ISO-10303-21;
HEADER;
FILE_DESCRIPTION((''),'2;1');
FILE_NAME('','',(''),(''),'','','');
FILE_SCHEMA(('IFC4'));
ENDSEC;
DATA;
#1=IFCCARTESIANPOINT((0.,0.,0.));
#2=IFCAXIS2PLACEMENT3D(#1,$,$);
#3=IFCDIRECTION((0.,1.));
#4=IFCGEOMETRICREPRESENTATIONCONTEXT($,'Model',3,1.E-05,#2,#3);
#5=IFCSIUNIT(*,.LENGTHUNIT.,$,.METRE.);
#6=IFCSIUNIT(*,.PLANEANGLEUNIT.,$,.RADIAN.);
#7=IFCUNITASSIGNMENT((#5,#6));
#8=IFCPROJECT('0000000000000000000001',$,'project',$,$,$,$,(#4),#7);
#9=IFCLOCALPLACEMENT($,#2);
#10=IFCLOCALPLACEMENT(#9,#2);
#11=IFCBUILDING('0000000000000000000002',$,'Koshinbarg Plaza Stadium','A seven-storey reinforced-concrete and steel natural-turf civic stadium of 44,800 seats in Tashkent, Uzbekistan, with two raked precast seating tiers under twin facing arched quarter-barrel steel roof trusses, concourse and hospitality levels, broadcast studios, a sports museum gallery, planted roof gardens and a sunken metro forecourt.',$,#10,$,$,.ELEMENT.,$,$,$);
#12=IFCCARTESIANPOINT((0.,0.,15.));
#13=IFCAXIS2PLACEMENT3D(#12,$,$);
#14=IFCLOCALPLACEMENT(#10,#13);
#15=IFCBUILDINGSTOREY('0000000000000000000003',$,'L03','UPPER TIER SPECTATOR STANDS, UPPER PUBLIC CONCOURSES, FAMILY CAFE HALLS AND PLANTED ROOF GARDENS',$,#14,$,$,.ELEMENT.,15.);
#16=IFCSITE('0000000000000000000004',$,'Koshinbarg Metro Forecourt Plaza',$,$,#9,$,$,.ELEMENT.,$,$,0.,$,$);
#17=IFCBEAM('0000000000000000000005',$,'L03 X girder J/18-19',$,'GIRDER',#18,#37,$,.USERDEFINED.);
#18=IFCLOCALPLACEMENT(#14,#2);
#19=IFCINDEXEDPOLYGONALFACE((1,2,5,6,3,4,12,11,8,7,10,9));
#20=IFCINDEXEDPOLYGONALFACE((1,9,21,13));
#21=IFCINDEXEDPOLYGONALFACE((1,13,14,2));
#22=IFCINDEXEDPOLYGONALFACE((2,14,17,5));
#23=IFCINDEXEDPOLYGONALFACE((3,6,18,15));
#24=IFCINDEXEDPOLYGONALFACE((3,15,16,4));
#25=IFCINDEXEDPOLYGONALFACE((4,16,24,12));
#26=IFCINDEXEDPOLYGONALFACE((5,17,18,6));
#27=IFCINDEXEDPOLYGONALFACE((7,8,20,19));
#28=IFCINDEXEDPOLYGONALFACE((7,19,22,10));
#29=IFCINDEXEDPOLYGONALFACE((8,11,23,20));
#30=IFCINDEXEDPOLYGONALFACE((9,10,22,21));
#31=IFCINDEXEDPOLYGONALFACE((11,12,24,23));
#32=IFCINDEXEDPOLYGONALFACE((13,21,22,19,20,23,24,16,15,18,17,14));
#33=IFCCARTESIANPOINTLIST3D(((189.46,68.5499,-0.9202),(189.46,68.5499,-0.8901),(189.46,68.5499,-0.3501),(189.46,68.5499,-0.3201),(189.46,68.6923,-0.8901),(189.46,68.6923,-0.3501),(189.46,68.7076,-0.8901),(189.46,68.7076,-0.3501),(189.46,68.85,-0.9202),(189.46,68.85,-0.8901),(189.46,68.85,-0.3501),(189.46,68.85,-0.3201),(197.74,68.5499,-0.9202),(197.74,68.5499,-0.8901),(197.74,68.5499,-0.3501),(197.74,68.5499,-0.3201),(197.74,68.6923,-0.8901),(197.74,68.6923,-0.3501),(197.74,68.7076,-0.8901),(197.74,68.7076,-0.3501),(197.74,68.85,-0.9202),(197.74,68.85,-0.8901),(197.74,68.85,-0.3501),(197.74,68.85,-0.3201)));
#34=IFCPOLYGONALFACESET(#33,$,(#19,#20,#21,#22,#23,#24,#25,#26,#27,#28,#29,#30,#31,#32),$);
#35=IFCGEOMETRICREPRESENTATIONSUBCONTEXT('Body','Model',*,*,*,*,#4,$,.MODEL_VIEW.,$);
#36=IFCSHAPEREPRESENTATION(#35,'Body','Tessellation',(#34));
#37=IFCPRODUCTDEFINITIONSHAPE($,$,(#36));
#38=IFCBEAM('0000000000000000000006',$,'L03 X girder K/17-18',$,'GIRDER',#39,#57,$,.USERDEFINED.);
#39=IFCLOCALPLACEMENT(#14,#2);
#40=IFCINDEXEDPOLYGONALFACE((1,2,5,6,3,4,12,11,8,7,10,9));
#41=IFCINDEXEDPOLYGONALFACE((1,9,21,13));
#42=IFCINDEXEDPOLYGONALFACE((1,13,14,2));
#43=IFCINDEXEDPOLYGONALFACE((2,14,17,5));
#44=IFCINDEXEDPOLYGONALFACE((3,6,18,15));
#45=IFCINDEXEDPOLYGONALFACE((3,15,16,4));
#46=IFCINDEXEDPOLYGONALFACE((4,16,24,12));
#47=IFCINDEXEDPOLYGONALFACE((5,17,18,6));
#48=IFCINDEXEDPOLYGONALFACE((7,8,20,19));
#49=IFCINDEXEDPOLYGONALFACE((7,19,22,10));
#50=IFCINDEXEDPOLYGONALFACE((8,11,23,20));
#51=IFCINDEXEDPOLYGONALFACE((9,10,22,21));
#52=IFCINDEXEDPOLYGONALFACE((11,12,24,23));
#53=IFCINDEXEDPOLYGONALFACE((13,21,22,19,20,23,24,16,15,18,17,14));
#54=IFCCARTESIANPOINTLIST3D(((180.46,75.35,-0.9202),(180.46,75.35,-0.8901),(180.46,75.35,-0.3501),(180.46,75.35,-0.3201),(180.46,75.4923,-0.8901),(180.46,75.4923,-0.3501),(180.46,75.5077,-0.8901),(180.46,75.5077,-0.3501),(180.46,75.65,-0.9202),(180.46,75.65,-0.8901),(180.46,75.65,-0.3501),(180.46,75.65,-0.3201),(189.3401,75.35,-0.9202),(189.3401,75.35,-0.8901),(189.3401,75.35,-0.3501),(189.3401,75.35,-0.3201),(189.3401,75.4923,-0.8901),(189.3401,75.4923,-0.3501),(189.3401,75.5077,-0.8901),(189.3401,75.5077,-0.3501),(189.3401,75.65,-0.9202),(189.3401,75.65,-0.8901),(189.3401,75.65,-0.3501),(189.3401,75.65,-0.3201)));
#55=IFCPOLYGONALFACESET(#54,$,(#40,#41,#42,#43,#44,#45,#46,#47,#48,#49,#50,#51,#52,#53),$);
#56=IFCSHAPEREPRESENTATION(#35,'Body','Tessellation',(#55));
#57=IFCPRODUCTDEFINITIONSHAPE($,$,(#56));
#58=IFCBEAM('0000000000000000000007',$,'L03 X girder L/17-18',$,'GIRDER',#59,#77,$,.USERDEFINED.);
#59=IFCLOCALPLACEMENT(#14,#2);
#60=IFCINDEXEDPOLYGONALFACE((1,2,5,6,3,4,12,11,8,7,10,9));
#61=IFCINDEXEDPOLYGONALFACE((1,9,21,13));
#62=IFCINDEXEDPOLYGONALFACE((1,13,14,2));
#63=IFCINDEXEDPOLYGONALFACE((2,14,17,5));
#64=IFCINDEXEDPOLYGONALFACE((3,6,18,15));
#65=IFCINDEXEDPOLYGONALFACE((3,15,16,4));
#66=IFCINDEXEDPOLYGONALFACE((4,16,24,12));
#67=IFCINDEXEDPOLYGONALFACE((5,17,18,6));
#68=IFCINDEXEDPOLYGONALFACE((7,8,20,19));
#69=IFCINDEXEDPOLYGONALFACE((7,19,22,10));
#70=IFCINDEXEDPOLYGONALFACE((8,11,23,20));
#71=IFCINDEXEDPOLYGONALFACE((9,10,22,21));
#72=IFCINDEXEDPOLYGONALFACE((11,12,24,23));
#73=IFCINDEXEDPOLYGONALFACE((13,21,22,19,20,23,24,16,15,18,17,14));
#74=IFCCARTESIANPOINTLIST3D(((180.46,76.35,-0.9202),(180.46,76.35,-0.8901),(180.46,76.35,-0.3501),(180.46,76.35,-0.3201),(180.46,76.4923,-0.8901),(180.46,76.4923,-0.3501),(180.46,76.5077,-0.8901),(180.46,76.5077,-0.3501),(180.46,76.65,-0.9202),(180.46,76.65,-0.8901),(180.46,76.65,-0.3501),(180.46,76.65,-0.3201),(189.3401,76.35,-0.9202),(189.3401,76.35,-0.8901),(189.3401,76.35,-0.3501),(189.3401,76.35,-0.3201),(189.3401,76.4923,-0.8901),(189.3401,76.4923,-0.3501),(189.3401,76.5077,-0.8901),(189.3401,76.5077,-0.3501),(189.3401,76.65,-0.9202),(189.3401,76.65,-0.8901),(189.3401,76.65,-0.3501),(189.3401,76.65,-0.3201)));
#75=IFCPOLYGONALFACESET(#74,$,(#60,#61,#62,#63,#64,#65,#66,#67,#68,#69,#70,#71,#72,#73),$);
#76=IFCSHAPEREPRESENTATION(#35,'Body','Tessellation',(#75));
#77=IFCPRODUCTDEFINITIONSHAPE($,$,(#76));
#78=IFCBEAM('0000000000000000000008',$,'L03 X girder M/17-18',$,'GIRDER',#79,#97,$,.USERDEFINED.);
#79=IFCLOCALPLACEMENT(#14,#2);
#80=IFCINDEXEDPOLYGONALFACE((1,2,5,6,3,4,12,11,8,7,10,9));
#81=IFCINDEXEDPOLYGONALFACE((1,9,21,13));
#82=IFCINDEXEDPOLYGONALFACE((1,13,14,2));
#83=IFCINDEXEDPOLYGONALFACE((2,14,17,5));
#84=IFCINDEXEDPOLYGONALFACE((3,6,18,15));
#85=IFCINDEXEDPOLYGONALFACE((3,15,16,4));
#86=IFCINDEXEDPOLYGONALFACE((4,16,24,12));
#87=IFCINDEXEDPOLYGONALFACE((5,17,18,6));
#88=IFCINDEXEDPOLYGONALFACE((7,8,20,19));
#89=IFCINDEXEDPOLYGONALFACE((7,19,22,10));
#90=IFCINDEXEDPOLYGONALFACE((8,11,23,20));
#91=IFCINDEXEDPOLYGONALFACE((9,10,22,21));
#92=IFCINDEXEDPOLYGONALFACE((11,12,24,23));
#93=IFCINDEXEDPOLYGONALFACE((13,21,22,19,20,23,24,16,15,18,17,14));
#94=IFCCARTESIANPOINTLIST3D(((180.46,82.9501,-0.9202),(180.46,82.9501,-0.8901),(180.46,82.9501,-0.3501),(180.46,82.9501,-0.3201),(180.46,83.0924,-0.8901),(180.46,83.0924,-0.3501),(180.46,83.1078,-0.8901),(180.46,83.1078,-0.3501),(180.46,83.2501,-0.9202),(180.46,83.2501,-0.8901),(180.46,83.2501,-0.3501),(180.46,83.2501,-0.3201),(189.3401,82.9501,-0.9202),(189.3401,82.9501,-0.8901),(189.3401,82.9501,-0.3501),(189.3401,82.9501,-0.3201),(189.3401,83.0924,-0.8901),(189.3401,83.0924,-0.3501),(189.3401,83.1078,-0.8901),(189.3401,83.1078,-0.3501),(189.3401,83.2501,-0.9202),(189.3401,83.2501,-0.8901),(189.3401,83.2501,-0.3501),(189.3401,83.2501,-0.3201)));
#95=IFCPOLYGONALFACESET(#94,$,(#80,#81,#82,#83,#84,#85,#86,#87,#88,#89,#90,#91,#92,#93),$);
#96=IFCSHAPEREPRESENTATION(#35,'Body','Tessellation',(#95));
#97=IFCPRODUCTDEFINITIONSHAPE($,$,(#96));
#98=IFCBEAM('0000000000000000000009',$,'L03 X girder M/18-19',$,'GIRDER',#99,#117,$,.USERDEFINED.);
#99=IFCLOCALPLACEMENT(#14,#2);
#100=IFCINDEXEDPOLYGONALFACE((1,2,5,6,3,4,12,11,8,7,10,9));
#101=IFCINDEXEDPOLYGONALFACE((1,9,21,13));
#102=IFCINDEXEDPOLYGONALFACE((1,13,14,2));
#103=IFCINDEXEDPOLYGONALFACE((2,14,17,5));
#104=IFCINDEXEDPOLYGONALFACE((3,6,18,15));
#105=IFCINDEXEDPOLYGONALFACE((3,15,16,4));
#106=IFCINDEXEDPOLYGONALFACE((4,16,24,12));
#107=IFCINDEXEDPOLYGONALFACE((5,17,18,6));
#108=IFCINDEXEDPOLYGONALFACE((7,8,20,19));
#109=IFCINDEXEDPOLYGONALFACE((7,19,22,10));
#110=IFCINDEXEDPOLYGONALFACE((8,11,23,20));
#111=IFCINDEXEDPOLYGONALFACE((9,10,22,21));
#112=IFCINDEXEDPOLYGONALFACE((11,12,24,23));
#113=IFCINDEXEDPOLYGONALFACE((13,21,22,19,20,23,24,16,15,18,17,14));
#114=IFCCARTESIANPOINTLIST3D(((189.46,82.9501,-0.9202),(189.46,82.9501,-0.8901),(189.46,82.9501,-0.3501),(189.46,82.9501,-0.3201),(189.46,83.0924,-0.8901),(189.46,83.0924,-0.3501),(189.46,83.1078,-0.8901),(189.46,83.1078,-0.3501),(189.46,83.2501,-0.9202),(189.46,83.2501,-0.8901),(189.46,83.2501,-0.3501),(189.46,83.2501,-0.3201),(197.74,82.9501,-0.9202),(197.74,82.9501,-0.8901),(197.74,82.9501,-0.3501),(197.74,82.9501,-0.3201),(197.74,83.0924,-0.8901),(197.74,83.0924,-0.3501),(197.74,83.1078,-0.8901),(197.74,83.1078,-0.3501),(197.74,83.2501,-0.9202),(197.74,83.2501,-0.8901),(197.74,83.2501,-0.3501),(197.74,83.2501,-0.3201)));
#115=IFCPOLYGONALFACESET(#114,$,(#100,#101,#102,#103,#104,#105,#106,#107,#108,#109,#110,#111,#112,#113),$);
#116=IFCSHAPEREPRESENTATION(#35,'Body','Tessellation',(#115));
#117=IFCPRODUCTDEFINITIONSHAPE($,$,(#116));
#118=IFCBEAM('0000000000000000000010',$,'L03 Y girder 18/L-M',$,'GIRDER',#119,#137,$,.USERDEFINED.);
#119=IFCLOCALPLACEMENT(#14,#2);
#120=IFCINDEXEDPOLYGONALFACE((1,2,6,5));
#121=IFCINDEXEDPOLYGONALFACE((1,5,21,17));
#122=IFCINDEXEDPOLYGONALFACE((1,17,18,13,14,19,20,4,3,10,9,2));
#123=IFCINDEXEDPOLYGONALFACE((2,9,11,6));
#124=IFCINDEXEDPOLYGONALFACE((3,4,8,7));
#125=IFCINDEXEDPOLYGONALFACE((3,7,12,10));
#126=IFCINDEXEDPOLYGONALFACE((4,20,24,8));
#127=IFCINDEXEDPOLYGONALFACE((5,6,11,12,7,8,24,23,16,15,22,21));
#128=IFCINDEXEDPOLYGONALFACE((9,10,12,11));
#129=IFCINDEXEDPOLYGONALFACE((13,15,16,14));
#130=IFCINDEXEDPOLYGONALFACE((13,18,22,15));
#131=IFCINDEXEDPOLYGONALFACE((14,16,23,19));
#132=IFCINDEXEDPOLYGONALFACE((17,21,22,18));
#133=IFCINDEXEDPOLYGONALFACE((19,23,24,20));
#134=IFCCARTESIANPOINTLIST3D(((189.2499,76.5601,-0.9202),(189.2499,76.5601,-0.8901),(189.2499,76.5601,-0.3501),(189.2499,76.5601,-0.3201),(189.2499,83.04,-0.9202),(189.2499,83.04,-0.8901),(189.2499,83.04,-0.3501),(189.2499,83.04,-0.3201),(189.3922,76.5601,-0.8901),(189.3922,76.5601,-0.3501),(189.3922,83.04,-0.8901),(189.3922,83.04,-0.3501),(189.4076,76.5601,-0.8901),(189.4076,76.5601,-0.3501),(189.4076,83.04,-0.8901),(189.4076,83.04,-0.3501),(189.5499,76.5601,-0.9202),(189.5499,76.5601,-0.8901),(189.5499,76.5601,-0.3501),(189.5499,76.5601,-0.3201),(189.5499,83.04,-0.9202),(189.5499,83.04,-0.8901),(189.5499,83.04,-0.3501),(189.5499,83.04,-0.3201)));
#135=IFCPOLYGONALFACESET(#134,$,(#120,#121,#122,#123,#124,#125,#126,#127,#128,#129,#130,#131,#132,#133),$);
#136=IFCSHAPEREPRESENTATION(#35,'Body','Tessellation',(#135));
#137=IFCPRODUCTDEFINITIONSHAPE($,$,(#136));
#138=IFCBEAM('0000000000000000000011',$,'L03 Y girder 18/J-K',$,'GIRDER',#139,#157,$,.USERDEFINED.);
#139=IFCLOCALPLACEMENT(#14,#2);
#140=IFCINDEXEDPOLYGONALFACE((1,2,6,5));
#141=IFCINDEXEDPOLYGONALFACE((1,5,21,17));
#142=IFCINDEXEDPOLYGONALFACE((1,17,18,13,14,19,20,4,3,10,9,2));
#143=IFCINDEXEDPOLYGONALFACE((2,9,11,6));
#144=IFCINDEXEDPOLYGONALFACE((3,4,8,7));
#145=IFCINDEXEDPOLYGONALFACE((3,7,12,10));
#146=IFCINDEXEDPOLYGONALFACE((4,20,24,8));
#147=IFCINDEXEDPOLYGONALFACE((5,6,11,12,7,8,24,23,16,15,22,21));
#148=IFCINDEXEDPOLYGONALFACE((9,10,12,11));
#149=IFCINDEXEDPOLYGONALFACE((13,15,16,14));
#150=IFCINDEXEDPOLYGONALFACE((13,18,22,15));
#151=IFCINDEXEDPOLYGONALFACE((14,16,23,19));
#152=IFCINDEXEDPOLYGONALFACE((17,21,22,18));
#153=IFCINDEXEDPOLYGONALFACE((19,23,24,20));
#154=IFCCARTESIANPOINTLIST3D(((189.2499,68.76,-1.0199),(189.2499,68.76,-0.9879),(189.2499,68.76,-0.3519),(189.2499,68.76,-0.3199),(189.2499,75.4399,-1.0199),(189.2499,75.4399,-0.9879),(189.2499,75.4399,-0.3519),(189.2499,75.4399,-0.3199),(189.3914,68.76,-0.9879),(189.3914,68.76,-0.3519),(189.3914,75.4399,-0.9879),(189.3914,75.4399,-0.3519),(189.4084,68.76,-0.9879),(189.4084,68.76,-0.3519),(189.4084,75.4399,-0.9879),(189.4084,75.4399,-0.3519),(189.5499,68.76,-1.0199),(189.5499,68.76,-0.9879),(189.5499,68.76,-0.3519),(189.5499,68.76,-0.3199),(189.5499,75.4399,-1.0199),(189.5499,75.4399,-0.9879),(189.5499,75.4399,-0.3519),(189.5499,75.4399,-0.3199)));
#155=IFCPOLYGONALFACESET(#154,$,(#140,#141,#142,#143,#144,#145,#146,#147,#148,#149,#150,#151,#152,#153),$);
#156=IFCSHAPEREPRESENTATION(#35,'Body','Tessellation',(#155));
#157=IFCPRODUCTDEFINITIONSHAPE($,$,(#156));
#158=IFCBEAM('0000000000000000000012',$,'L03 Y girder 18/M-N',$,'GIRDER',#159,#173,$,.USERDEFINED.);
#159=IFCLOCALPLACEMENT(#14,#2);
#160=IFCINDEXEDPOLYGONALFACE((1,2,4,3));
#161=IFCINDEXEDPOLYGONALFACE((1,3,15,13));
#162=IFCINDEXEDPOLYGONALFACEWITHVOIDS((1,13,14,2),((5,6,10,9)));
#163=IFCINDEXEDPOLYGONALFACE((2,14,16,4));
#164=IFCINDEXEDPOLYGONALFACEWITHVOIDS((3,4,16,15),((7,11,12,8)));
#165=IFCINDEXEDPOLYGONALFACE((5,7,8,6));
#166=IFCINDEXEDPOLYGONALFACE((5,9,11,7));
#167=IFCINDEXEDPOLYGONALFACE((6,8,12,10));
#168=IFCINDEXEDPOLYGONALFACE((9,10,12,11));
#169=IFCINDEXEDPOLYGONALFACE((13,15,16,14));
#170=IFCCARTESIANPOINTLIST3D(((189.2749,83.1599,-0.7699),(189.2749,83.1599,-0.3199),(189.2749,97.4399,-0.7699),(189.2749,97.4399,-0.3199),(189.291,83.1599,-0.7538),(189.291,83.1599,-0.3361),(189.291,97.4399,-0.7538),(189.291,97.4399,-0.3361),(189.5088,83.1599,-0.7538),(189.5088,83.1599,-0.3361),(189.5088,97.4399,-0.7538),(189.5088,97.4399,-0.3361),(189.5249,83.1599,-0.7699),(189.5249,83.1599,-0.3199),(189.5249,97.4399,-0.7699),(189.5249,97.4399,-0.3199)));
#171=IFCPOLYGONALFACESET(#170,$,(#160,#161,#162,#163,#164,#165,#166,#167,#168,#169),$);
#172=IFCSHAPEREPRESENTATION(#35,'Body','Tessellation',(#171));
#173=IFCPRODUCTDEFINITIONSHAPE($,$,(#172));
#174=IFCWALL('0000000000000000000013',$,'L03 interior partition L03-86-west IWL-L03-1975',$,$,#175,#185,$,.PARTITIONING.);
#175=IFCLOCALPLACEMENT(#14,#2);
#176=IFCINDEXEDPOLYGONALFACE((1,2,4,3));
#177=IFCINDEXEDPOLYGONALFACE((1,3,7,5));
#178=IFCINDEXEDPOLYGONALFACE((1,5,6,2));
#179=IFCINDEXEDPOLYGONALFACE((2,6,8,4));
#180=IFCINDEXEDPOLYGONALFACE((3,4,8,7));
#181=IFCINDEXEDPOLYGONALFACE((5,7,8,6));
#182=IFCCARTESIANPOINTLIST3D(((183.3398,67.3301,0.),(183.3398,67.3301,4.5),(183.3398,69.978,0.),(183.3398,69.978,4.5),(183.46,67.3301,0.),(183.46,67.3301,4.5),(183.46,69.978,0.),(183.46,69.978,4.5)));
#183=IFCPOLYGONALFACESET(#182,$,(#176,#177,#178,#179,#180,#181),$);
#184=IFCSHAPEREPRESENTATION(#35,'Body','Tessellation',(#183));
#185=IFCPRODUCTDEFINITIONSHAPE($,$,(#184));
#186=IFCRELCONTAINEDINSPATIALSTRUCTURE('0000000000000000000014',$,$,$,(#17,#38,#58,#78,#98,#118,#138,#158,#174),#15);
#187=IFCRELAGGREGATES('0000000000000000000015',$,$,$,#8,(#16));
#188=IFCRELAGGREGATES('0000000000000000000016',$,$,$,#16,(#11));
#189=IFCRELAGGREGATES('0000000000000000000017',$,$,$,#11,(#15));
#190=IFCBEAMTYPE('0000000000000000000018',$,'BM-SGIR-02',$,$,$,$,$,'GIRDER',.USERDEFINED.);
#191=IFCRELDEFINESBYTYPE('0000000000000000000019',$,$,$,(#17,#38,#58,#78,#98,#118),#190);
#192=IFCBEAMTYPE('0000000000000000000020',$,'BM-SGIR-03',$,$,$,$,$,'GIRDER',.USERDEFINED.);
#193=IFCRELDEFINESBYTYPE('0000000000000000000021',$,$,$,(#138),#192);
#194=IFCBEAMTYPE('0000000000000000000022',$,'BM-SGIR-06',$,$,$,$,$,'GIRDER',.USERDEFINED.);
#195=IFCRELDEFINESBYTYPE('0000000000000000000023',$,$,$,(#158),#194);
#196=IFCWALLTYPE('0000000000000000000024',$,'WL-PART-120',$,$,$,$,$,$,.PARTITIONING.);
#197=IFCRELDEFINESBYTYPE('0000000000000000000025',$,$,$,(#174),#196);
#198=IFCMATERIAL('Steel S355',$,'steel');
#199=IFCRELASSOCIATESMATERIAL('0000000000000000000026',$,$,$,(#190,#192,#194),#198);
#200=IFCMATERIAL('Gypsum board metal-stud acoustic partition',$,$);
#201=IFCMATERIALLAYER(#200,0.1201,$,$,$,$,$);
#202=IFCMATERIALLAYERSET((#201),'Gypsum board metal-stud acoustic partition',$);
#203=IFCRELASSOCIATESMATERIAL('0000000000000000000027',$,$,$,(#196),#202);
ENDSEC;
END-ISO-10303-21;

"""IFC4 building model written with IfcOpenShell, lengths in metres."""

from ifc_helpers import new_model, si_unit, direction, frame, frame_2d, origin, origin_2d, place, context, subcontext, project, spatial, rectangle, hollow_rectangle, i_section, extrude, material, layer, layer_set, material_profile, profile_set, type_object, element, save


model = new_model("IFC4")

# Units and contexts
model_context = context("Model", 3, precision=1e-05, world=origin(), true_north=direction((0.0, 1.0)))
body_context = subcontext(model_context, "Body", "Model", "MODEL_VIEW")
ifc_project = project(units=[si_unit("LENGTHUNIT", "METRE"), si_unit("PLANEANGLEUNIT", "RADIAN")], contexts=[model_context])

# Site, building, storey
site_placement = place(None, origin())
site = spatial("IfcSite", under=ifc_project, at=site_placement, Name="Koshinbarg Metro Forecourt Plaza", CompositionType="ELEMENT", RefElevation=0.0)
building_placement = place(site_placement, origin())
building = spatial("IfcBuilding", under=site, at=building_placement, Name="Koshinbarg Plaza Stadium", Description="A seven-storey reinforced-concrete and steel natural-turf civic stadium of 44,800 seats in Tashkent, Uzbekistan, with two raked precast seating tiers under twin facing arched quarter-barrel steel roof trusses, concourse and hospitality levels, broadcast studios, a sports museum gallery, planted roof gardens and a sunken metro forecourt.", CompositionType="ELEMENT")
storey_placement = place(building_placement, frame((0.0, 0.0, 15.0)))
storey = spatial("IfcBuildingStorey", under=building, at=storey_placement, Name="L03", Description="UPPER TIER SPECTATOR STANDS, UPPER PUBLIC CONCOURSES, FAMILY CAFE HALLS AND PLANTED ROOF GARDENS", CompositionType="ELEMENT", Elevation=15.0)

# Beams
ifc_material_1 = material(Name="Steel S355", Category="steel")
ifc_material_profile_1 = material_profile(ifc_material_1, i_section(OverallWidth=0.3, OverallDepth=0.6001, WebThickness=0.0154, FlangeThickness=0.03, at=origin_2d()), Name="HEB 600")
ifc_profile_set_1 = profile_set([ifc_material_profile_1], Name="Steel S355")
beam_type_1 = type_object("IfcBeamType", Name="BM-SGIR-02", ElementType="GIRDER", PredefinedType="USERDEFINED", material=ifc_profile_set_1)
beam_1_placement = place(storey_placement, frame((189.46, 68.7, -0.6201), z_axis=(1.0, 0.0, 0.0), x_axis=(0.0, 1.0, 0.0)))
element("IfcBeam", 1, at=beam_1_placement, inside=storey, type_object=beam_type_1, Name="L03 X girder J/18-19", ObjectType="GIRDER", PredefinedType="USERDEFINED", context=body_context, shape_type="SweptSolid", body=[
    extrude(i_section(OverallWidth=0.3, OverallDepth=0.6001, WebThickness=0.0154, FlangeThickness=0.03, at=origin_2d()), origin(), (0.0, 0.0, 1.0), 8.28),
])
for number, where, z_axis, x_axis, name in (
    (2, (180.46, 75.5, -0.6201), (1.0, 0.0, 0.0), (0.0, 1.0, 0.0), "L03 X girder K/17-18"),
    (3, (180.46, 76.5, -0.6201), (1.0, 0.0, 0.0), (0.0, 1.0, 0.0), "L03 X girder L/17-18"),
    (4, (180.46, 83.1001, -0.6201), (1.0, 0.0, 0.0), (0.0, 1.0, 0.0), "L03 X girder M/17-18"),
):
    element("IfcBeam", number, at=place(storey_placement, frame(where, z_axis=z_axis, x_axis=x_axis)), inside=storey, type_object=beam_type_1, Name=name, ObjectType="GIRDER", PredefinedType="USERDEFINED", context=body_context, shape_type="SweptSolid", body=[
        extrude(i_section(OverallWidth=0.3, OverallDepth=0.6001, WebThickness=0.0154, FlangeThickness=0.03, at=origin_2d()), origin(), (0.0, 0.0, 1.0), 8.8801),
    ])
beam_2_placement = place(storey_placement, frame((189.46, 83.1001, -0.6201), z_axis=(1.0, 0.0, 0.0), x_axis=(0.0, 1.0, 0.0)))
element("IfcBeam", 5, at=beam_2_placement, inside=storey, type_object=beam_type_1, Name="L03 X girder M/18-19", ObjectType="GIRDER", PredefinedType="USERDEFINED", context=body_context, shape_type="SweptSolid", body=[
    extrude(i_section(OverallWidth=0.3, OverallDepth=0.6001, WebThickness=0.0154, FlangeThickness=0.03, at=origin_2d()), origin(), (0.0, 0.0, 1.0), 8.28),
])
beam_3_placement = place(storey_placement, frame((189.3999, 76.5601, -0.6201), z_axis=(0.0, 1.0, 0.0), x_axis=(-1.0, 0.0, 0.0)))
element("IfcBeam", 6, at=beam_3_placement, inside=storey, type_object=beam_type_1, Name="L03 Y girder 18/L-M", ObjectType="GIRDER", PredefinedType="USERDEFINED", context=body_context, shape_type="SweptSolid", body=[
    extrude(i_section(OverallWidth=0.3, OverallDepth=0.6001, WebThickness=0.0154, FlangeThickness=0.03, at=origin_2d()), origin(), (0.0, 0.0, 1.0), 6.48),
])
ifc_material_profile_2 = material_profile(ifc_material_1, i_section(OverallWidth=0.3, OverallDepth=0.7, WebThickness=0.0171, FlangeThickness=0.032, at=origin_2d()), Name="HEB 700")
ifc_profile_set_2 = profile_set([ifc_material_profile_2], Name="Steel S355")
beam_type_2 = type_object("IfcBeamType", Name="BM-SGIR-03", ElementType="GIRDER", PredefinedType="USERDEFINED", material=ifc_profile_set_2)
beam_4_placement = place(storey_placement, frame((189.3999, 68.76, -0.6699), z_axis=(0.0, 1.0, 0.0), x_axis=(-1.0, 0.0, 0.0)))
element("IfcBeam", 7, at=beam_4_placement, inside=storey, type_object=beam_type_2, Name="L03 Y girder 18/J-K", ObjectType="GIRDER", PredefinedType="USERDEFINED", context=body_context, shape_type="SweptSolid", body=[
    extrude(i_section(OverallWidth=0.3, OverallDepth=0.7, WebThickness=0.0171, FlangeThickness=0.032, at=origin_2d()), origin(), (0.0, 0.0, 1.0), 6.6799),
])
ifc_material_profile_3 = material_profile(ifc_material_1, hollow_rectangle(XDim=0.25, YDim=0.45, WallThickness=0.0161, at=origin_2d()), Name="RHS 450x250x16")
ifc_profile_set_3 = profile_set([ifc_material_profile_3], Name="Steel S355")
beam_type_3 = type_object("IfcBeamType", Name="BM-SGIR-06", ElementType="GIRDER", PredefinedType="USERDEFINED", material=ifc_profile_set_3)
beam_5_placement = place(storey_placement, frame((189.3999, 83.1599, -0.5449), z_axis=(0.0, 1.0, 0.0), x_axis=(-1.0, 0.0, 0.0)))
element("IfcBeam", 8, at=beam_5_placement, inside=storey, type_object=beam_type_3, Name="L03 Y girder 18/M-N", ObjectType="GIRDER", PredefinedType="USERDEFINED", context=body_context, shape_type="SweptSolid", body=[
    extrude(hollow_rectangle(XDim=0.25, YDim=0.45, WallThickness=0.0161, at=origin_2d()), origin(), (0.0, 0.0, 1.0), 14.28),
])

# Wall
ifc_material_2 = material(Name="Gypsum board metal-stud acoustic partition")
ifc_layer = layer(ifc_material_2, 0.1201)
ifc_layer_set = layer_set([ifc_layer], Name="Gypsum board metal-stud acoustic partition")
wall_type = type_object("IfcWallType", Name="WL-PART-120", PredefinedType="PARTITIONING", material=ifc_layer_set)
wall_placement = place(storey_placement, frame((183.3999, 69.978, 0.0), z_axis=(0.0, 0.0, 1.0), x_axis=(0.0, -1.0, 0.0)))
element("IfcWall", 9, at=wall_placement, inside=storey, type_object=wall_type, Name="L03 interior partition L03-86-west IWL-L03-1975", PredefinedType="PARTITIONING", context=body_context, shape_type="SweptSolid", body=[
    extrude(rectangle(XDim=2.6479, YDim=0.1201, at=frame_2d((1.324, 0.0))), origin(), (0.0, 0.0, 1.0), 4.5),
])

save(model, "model.ifc")
